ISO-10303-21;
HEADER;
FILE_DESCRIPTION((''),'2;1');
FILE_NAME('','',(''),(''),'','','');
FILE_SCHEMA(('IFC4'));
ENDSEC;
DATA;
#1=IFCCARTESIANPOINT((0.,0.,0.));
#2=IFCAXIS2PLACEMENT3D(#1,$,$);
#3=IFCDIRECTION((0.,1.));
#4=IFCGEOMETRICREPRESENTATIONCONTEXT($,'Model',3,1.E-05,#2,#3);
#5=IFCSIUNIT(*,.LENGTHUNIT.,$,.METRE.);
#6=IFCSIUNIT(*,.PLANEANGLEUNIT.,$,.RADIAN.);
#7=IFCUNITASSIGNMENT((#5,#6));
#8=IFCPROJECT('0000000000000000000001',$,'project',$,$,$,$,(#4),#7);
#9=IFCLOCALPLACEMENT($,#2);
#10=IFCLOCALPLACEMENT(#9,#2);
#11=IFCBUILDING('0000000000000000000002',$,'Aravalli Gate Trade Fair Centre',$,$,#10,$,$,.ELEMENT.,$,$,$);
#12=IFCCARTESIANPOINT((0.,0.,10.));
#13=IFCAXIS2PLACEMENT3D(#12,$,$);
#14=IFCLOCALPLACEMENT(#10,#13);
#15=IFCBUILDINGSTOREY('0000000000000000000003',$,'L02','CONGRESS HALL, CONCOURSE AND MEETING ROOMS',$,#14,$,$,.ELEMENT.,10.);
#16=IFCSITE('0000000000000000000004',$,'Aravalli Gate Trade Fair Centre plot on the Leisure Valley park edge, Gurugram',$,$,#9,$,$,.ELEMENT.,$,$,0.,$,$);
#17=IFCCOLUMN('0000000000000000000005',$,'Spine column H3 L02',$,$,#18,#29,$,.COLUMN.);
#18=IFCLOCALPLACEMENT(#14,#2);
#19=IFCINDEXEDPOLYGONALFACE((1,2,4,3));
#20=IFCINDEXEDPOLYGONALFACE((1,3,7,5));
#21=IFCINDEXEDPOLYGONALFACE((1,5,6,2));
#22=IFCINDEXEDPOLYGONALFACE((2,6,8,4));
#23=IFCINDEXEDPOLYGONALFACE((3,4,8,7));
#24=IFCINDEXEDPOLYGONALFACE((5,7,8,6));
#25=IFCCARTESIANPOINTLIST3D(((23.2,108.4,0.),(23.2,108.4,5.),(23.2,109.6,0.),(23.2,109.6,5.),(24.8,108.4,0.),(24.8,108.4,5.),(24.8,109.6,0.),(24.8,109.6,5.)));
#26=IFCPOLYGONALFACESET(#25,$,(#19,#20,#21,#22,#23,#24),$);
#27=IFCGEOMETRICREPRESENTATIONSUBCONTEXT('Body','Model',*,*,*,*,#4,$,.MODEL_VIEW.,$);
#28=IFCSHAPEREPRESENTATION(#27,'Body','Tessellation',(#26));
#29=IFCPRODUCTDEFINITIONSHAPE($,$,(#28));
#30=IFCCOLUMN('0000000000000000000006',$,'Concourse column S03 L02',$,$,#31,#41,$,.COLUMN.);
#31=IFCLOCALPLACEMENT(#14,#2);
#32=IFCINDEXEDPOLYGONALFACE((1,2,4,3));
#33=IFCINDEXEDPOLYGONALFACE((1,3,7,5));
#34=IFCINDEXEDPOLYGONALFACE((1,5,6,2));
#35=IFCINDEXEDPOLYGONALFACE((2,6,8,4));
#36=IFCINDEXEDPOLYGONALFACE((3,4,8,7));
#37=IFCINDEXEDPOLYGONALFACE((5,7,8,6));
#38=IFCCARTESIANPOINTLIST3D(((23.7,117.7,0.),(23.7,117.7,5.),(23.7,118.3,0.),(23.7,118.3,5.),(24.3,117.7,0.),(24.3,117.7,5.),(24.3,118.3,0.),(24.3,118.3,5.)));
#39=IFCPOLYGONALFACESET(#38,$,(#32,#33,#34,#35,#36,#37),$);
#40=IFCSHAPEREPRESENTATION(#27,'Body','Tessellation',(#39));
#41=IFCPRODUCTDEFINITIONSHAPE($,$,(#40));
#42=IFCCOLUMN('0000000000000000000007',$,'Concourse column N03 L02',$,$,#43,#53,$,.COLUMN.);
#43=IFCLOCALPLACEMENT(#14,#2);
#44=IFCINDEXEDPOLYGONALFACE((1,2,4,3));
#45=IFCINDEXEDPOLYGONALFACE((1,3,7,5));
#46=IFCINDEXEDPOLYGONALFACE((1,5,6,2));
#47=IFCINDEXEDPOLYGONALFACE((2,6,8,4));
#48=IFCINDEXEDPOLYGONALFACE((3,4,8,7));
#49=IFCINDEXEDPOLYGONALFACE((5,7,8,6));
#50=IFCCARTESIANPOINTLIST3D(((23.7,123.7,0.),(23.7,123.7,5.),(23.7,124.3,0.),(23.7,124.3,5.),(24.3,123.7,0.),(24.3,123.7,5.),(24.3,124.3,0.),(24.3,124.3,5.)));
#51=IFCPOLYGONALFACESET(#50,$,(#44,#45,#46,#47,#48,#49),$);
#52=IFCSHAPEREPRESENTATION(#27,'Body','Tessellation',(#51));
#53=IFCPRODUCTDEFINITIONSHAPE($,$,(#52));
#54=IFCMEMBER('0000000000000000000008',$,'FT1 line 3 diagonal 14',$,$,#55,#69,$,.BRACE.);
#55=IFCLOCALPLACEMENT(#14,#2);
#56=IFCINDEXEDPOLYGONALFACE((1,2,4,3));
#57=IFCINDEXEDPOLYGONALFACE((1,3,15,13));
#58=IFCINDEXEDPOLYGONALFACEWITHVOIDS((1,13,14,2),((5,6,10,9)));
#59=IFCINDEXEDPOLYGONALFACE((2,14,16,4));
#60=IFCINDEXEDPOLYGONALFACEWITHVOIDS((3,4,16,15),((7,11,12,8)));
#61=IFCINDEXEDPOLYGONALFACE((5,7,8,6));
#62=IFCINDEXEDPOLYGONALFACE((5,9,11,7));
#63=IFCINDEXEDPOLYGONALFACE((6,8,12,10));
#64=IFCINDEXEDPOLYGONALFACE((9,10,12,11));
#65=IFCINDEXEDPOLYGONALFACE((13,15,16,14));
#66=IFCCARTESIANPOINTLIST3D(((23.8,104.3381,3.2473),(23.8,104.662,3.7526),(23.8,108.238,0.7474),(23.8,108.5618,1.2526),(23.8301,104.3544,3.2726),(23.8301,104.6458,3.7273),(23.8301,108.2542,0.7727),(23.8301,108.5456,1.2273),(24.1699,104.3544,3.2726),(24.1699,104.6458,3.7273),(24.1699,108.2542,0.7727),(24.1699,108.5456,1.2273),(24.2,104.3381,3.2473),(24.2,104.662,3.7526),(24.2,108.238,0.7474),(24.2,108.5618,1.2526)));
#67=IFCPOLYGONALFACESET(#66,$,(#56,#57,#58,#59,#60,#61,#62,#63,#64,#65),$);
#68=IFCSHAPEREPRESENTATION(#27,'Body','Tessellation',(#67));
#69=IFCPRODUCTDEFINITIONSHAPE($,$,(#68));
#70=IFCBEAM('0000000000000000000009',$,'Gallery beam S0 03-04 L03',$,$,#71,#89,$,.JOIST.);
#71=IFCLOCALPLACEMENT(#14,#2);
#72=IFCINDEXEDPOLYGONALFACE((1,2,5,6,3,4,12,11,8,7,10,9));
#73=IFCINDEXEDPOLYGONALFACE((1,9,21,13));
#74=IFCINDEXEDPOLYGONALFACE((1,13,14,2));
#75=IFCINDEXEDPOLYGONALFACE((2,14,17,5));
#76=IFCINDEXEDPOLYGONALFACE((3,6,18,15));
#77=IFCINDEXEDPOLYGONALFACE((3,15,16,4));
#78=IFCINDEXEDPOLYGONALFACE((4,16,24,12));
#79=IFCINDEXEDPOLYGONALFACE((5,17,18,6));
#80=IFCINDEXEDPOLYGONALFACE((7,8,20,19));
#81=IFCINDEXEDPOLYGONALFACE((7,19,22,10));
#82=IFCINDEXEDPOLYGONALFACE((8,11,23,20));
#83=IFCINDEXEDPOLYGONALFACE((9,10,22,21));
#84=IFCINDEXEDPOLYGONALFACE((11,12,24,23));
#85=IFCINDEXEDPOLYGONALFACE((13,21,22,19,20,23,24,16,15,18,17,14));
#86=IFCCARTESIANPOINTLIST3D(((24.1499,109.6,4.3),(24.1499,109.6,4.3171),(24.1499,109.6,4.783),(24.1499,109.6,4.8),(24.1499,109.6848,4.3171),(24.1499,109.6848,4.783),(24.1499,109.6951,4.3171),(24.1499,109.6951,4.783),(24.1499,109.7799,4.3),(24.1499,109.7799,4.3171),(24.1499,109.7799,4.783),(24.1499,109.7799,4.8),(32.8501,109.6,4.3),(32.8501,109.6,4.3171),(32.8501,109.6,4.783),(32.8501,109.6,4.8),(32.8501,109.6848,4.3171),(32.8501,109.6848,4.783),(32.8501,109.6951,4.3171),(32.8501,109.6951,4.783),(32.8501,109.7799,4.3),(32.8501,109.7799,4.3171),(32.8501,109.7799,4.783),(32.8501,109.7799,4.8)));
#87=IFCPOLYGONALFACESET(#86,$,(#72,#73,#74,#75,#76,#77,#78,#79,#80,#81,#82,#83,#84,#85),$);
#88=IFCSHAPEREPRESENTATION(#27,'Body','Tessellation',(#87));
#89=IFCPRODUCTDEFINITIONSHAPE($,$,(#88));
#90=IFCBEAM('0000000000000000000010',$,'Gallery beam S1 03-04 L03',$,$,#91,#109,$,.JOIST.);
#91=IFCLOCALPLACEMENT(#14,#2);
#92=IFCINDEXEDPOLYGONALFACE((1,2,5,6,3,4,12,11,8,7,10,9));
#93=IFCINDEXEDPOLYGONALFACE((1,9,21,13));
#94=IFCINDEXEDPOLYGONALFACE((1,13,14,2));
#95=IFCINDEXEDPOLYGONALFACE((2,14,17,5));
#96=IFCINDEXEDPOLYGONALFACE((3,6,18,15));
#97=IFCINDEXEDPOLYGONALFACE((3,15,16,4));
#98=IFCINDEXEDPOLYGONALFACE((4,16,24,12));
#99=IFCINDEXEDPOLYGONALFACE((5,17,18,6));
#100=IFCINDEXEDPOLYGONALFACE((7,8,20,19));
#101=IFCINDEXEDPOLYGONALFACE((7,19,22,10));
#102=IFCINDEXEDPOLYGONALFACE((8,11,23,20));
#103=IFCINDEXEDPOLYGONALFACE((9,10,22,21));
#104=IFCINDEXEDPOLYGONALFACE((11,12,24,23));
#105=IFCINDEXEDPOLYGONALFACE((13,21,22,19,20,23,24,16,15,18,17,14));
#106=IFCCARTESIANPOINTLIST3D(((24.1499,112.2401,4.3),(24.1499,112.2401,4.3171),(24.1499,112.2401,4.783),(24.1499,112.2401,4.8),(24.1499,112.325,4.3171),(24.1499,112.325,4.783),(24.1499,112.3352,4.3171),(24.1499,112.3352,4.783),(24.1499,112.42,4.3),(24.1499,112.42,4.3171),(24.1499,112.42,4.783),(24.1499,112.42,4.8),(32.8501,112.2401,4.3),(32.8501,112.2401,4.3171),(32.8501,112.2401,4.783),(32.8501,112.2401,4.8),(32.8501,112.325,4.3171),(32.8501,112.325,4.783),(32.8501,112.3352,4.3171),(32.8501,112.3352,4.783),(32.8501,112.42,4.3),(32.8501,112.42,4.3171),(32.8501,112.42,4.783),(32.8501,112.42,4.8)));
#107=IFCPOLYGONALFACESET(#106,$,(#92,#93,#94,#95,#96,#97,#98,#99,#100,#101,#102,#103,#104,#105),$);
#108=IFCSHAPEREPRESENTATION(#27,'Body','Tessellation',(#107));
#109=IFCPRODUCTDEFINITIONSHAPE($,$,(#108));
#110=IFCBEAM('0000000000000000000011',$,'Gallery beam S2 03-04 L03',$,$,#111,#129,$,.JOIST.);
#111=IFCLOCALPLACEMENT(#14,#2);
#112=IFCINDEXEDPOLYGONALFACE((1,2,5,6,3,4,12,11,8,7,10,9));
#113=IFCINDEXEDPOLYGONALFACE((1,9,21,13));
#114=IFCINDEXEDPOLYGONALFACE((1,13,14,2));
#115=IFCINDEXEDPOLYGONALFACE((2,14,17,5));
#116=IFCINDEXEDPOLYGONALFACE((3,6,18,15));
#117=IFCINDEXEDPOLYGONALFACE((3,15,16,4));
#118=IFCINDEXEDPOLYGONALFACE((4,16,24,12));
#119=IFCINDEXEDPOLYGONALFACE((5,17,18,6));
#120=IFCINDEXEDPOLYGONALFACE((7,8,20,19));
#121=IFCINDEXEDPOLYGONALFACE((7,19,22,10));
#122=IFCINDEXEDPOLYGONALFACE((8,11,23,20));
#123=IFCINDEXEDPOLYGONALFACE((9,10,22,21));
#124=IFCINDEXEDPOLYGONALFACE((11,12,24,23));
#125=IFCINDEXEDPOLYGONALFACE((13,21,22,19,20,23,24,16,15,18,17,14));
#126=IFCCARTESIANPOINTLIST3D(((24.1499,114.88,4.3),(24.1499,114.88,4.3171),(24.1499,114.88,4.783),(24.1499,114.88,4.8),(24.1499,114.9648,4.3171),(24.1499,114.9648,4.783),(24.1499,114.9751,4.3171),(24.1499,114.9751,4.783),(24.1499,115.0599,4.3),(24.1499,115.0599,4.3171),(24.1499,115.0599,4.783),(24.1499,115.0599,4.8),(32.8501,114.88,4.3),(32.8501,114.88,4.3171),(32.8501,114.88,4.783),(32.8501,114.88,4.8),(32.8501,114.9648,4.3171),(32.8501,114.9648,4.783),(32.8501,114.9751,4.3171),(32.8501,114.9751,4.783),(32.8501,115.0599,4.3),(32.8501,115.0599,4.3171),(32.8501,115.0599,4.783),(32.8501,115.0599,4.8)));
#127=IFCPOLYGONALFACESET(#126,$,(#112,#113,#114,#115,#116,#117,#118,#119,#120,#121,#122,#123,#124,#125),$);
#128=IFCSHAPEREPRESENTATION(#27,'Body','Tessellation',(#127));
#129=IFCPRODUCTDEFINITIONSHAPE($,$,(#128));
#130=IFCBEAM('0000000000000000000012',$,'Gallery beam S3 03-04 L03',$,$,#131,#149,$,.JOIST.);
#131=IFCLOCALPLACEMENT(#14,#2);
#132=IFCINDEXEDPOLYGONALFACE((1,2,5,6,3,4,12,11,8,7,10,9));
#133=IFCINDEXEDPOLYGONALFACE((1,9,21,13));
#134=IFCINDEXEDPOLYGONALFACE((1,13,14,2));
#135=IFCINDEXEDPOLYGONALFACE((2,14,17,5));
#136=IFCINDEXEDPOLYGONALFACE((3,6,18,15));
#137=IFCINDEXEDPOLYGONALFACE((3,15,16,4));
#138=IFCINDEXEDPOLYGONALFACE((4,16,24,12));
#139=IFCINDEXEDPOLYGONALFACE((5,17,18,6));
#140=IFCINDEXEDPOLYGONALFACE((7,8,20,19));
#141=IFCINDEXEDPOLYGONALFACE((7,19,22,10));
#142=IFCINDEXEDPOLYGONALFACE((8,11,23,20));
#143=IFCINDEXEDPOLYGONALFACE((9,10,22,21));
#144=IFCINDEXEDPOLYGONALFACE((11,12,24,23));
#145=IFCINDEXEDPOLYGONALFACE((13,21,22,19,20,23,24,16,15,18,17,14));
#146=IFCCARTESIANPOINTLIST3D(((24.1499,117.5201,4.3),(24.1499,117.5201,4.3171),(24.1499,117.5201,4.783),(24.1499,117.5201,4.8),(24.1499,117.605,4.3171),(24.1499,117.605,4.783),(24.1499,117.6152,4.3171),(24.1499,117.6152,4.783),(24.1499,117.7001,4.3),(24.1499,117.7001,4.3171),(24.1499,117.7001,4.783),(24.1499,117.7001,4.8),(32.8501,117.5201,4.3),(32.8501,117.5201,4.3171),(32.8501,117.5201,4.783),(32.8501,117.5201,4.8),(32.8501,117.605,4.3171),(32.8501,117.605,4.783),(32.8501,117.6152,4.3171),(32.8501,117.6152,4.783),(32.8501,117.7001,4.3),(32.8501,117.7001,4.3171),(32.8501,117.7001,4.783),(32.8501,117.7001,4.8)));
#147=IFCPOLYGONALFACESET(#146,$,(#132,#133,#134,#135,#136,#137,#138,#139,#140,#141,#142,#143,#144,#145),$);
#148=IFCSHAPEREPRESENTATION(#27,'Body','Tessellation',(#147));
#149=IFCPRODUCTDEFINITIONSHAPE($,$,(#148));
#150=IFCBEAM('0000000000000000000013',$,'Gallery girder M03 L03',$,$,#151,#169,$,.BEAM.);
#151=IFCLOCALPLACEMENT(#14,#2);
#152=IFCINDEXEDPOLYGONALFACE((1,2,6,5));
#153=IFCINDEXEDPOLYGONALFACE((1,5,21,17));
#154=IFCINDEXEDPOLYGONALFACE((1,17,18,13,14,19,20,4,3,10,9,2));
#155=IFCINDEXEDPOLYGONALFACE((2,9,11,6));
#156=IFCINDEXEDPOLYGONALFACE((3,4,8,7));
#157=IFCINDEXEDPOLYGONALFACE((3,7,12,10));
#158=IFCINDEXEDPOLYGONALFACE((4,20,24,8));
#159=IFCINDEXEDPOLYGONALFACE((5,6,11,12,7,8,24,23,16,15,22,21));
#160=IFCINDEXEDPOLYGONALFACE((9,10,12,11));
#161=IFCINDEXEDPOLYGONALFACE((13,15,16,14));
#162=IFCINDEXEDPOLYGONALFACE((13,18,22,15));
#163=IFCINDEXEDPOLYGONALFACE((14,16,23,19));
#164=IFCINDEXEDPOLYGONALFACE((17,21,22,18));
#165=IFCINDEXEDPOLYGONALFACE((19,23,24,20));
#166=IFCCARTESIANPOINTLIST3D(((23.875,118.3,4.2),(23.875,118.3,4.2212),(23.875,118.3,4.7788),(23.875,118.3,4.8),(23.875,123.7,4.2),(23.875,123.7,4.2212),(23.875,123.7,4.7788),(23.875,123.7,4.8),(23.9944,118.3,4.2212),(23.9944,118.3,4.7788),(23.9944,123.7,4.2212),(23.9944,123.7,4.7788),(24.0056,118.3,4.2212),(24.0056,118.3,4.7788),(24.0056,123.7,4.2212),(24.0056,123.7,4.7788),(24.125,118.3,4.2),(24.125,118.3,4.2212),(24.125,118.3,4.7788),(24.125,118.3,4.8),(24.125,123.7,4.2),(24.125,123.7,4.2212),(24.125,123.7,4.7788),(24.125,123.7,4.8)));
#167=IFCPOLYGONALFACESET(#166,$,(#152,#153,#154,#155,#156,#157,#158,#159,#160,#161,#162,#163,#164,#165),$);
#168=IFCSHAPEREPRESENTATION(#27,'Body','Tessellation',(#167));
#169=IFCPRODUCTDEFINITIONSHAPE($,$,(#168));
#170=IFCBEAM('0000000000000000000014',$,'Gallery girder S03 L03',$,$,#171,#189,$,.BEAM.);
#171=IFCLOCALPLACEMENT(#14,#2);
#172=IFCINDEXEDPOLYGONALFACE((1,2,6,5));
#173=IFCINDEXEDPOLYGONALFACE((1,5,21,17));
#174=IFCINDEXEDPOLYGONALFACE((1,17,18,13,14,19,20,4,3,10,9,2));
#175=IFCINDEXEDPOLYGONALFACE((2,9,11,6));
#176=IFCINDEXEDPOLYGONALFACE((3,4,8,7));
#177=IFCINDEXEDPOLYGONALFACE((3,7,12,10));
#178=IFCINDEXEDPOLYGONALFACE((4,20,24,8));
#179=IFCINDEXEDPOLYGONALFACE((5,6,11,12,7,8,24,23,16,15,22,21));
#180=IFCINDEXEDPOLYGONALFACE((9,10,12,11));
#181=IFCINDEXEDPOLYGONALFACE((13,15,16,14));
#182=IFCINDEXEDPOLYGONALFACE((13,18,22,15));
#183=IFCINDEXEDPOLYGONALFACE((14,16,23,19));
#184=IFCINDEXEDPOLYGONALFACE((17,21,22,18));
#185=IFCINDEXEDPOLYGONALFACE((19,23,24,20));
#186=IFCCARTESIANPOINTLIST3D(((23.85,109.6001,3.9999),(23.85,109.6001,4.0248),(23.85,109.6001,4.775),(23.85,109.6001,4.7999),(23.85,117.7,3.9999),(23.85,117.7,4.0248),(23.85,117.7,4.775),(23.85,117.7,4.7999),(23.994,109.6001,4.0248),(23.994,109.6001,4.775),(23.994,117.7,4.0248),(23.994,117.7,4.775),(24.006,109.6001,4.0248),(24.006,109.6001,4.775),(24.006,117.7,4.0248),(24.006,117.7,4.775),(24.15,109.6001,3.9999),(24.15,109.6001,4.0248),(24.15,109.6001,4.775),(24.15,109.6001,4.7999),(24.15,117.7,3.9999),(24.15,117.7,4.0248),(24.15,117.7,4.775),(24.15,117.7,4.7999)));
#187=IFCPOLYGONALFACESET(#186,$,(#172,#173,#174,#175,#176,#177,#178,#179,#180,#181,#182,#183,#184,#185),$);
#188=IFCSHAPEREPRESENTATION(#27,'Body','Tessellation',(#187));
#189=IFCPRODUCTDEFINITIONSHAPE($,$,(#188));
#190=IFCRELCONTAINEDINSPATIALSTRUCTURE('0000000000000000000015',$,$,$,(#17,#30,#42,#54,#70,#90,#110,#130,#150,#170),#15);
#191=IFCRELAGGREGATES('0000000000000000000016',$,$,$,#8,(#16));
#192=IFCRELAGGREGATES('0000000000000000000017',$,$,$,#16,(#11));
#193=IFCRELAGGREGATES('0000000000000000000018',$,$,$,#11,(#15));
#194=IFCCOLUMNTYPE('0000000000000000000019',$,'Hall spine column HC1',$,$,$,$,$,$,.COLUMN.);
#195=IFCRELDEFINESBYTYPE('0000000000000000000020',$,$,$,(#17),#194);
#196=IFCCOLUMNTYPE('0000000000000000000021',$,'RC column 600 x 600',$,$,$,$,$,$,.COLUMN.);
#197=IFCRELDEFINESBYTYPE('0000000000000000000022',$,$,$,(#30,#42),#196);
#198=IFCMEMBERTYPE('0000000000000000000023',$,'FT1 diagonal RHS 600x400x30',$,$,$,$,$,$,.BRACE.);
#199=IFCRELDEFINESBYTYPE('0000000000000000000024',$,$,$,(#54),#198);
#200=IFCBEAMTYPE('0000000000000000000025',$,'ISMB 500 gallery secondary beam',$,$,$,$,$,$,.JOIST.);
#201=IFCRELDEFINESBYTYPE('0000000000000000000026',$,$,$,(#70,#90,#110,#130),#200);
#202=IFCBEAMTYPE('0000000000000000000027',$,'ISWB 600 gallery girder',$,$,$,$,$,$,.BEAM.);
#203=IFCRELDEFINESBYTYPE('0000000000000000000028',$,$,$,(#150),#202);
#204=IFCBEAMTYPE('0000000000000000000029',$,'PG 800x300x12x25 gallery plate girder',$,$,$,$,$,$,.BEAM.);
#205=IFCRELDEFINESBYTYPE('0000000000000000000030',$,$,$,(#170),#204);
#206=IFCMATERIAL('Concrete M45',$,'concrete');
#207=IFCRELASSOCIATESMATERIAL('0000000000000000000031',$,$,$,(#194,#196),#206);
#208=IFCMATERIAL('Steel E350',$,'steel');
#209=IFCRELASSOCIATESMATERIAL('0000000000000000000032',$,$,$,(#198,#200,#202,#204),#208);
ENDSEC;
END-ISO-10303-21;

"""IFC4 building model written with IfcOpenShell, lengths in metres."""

from ifc_helpers import new_model, si_unit, direction, frame, origin, origin_2d, place, context, subcontext, project, spatial, rectangle, hollow_rectangle, i_section, extrude, material, material_profile, profile_set, type_object, element, save


model = new_model("IFC4")

# Units and contexts
model_context = context("Model", 3, precision=1e-05, world=origin(), true_north=direction((0.0, 1.0)))
body_context = subcontext(model_context, "Body", "Model", "MODEL_VIEW")
ifc_project = project(units=[si_unit("LENGTHUNIT", "METRE"), si_unit("PLANEANGLEUNIT", "RADIAN")], contexts=[model_context])

# Site, building, storey
site_placement = place(None, origin())
site = spatial("IfcSite", under=ifc_project, at=site_placement, Name="Aravalli Gate Trade Fair Centre plot on the Leisure Valley park edge, Gurugram", CompositionType="ELEMENT", RefElevation=0.0)
building_placement = place(site_placement, origin())
building = spatial("IfcBuilding", under=site, at=building_placement, Name="Aravalli Gate Trade Fair Centre", CompositionType="ELEMENT")
storey_placement = place(building_placement, frame((0.0, 0.0, 10.0)))
storey = spatial("IfcBuildingStorey", under=building, at=storey_placement, Name="L02", Description="CONGRESS HALL, CONCOURSE AND MEETING ROOMS", CompositionType="ELEMENT", Elevation=10.0)

# Columns
ifc_material_1 = material(Name="Concrete M45", Category="concrete")
ifc_material_profile_1 = material_profile(ifc_material_1, rectangle(XDim=1.6001, YDim=1.2, at=origin_2d()), Name="RC 1600x1200")
ifc_profile_set_1 = profile_set([ifc_material_profile_1], Name="Concrete M45")
column_type_1 = type_object("IfcColumnType", Name="Hall spine column HC1", PredefinedType="COLUMN", material=ifc_profile_set_1)
column_placement = place(storey_placement, frame((24.0, 109.0, 0.0), z_axis=(0.0, 0.0, 1.0), x_axis=(1.0, 0.0, 0.0)))
element("IfcColumn", 1, at=column_placement, inside=storey, type_object=column_type_1, Name="Spine column H3 L02", PredefinedType="COLUMN", context=body_context, shape_type="SweptSolid", body=[
    extrude(rectangle(XDim=1.6001, YDim=1.2, at=origin_2d()), origin(), (0.0, 0.0, 1.0), 5.0),
])
ifc_material_profile_2 = material_profile(ifc_material_1, rectangle(XDim=0.6001, YDim=0.6001, at=origin_2d()), Name="RC column 600 x 600")
ifc_profile_set_2 = profile_set([ifc_material_profile_2], Name="Concrete M45")
column_type_2 = type_object("IfcColumnType", Name="RC column 600 x 600", PredefinedType="COLUMN", material=ifc_profile_set_2)
for number, where, z_axis, x_axis, name in (
    (2, (24.0, 118.0, 0.0), (0.0, 0.0, 1.0), (1.0, 0.0, 0.0), "Concourse column S03 L02"),
    (3, (24.0, 124.0, 0.0), (0.0, 0.0, 1.0), (1.0, 0.0, 0.0), "Concourse column N03 L02"),
):
    element("IfcColumn", number, at=place(storey_placement, frame(where, z_axis=z_axis, x_axis=x_axis)), inside=storey, type_object=column_type_2, Name=name, PredefinedType="COLUMN", context=body_context, shape_type="SweptSolid", body=[
        extrude(rectangle(XDim=0.6001, YDim=0.6001, at=origin_2d()), origin(), (0.0, 0.0, 1.0), 5.0),
    ])

# Member
ifc_material_2 = material(Name="Steel E350", Category="steel")
ifc_material_profile_3 = material_profile(ifc_material_2, hollow_rectangle(XDim=0.3999, YDim=0.6001, WallThickness=0.03, at=origin_2d()), Name="RHS 600x400x30")
ifc_profile_set_3 = profile_set([ifc_material_profile_3], Name="Steel E350")
member_type = type_object("IfcMemberType", Name="FT1 diagonal RHS 600x400x30", PredefinedType="BRACE", material=ifc_profile_set_3)
member_placement = place(storey_placement, frame((24.0, 108.3999, 1.0), z_axis=(0.0, -0.841873, 0.539676), x_axis=(1.0, 0.0, 0.0)))
element("IfcMember", 4, at=member_placement, inside=storey, type_object=member_type, Name="FT1 line 3 diagonal 14", PredefinedType="BRACE", context=body_context, shape_type="SweptSolid", body=[
    extrude(hollow_rectangle(XDim=0.3999, YDim=0.6001, WallThickness=0.03, at=origin_2d()), origin(), (0.0, 0.0, 1.0), 4.6323),
])

# Beams
ifc_material_profile_4 = material_profile(ifc_material_2, i_section(OverallWidth=0.1799, OverallDepth=0.5, WebThickness=0.0103, FlangeThickness=0.0171, at=origin_2d()), Name="ISMB 500")
ifc_profile_set_4 = profile_set([ifc_material_profile_4], Name="Steel E350")
beam_type_1 = type_object("IfcBeamType", Name="ISMB 500 gallery secondary beam", PredefinedType="JOIST", material=ifc_profile_set_4)
for number, where, z_axis, x_axis, name in (
    (5, (24.1499, 109.6899, 4.55), (1.0, 0.0, 0.0), (0.0, 1.0, 0.0), "Gallery beam S0 03-04 L03"),
    (6, (24.1499, 112.3301, 4.55), (1.0, 0.0, 0.0), (0.0, 1.0, 0.0), "Gallery beam S1 03-04 L03"),
    (7, (24.1499, 114.97, 4.55), (1.0, 0.0, 0.0), (0.0, 1.0, 0.0), "Gallery beam S2 03-04 L03"),
    (8, (24.1499, 117.6101, 4.55), (1.0, 0.0, 0.0), (0.0, 1.0, 0.0), "Gallery beam S3 03-04 L03"),
):
    element("IfcBeam", number, at=place(storey_placement, frame(where, z_axis=z_axis, x_axis=x_axis)), inside=storey, type_object=beam_type_1, Name=name, PredefinedType="JOIST", context=body_context, shape_type="SweptSolid", body=[
        extrude(i_section(OverallWidth=0.1799, OverallDepth=0.5, WebThickness=0.0103, FlangeThickness=0.0171, at=origin_2d()), origin(), (0.0, 0.0, 1.0), 8.7002),
    ])
ifc_material_profile_5 = material_profile(ifc_material_2, i_section(OverallWidth=0.25, OverallDepth=0.6001, WebThickness=0.0112, FlangeThickness=0.0212, at=origin_2d()), Name="ISWB 600")
ifc_profile_set_5 = profile_set([ifc_material_profile_5], Name="Steel E350")
beam_type_2 = type_object("IfcBeamType", Name="ISWB 600 gallery girder", PredefinedType="BEAM", material=ifc_profile_set_5)
beam_1_placement = place(storey_placement, frame((24.0, 118.3, 4.5), z_axis=(0.0, 1.0, 0.0), x_axis=(-1.0, 0.0, 0.0)))
element("IfcBeam", 9, at=beam_1_placement, inside=storey, type_object=beam_type_2, Name="Gallery girder M03 L03", PredefinedType="BEAM", context=body_context, shape_type="SweptSolid", body=[
    extrude(i_section(OverallWidth=0.25, OverallDepth=0.6001, WebThickness=0.0112, FlangeThickness=0.0212, at=origin_2d()), origin(), (0.0, 0.0, 1.0), 5.3999),
])
ifc_material_profile_6 = material_profile(ifc_material_2, i_section(OverallWidth=0.3, OverallDepth=0.8, WebThickness=0.012, FlangeThickness=0.0249, at=origin_2d()), Name="PG 800x300x12x25")
ifc_profile_set_6 = profile_set([ifc_material_profile_6], Name="Steel E350")
beam_type_3 = type_object("IfcBeamType", Name="PG 800x300x12x25 gallery plate girder", PredefinedType="BEAM", material=ifc_profile_set_6)
beam_2_placement = place(storey_placement, frame((24.0, 109.6001, 4.3999), z_axis=(0.0, 1.0, 0.0), x_axis=(-1.0, 0.0, 0.0)))
element("IfcBeam", 10, at=beam_2_placement, inside=storey, type_object=beam_type_3, Name="Gallery girder S03 L03", PredefinedType="BEAM", context=body_context, shape_type="SweptSolid", body=[
    extrude(i_section(OverallWidth=0.3, OverallDepth=0.8, WebThickness=0.012, FlangeThickness=0.0249, at=origin_2d()), origin(), (0.0, 0.0, 1.0), 8.0999),
])

save(model, "model.ifc")
